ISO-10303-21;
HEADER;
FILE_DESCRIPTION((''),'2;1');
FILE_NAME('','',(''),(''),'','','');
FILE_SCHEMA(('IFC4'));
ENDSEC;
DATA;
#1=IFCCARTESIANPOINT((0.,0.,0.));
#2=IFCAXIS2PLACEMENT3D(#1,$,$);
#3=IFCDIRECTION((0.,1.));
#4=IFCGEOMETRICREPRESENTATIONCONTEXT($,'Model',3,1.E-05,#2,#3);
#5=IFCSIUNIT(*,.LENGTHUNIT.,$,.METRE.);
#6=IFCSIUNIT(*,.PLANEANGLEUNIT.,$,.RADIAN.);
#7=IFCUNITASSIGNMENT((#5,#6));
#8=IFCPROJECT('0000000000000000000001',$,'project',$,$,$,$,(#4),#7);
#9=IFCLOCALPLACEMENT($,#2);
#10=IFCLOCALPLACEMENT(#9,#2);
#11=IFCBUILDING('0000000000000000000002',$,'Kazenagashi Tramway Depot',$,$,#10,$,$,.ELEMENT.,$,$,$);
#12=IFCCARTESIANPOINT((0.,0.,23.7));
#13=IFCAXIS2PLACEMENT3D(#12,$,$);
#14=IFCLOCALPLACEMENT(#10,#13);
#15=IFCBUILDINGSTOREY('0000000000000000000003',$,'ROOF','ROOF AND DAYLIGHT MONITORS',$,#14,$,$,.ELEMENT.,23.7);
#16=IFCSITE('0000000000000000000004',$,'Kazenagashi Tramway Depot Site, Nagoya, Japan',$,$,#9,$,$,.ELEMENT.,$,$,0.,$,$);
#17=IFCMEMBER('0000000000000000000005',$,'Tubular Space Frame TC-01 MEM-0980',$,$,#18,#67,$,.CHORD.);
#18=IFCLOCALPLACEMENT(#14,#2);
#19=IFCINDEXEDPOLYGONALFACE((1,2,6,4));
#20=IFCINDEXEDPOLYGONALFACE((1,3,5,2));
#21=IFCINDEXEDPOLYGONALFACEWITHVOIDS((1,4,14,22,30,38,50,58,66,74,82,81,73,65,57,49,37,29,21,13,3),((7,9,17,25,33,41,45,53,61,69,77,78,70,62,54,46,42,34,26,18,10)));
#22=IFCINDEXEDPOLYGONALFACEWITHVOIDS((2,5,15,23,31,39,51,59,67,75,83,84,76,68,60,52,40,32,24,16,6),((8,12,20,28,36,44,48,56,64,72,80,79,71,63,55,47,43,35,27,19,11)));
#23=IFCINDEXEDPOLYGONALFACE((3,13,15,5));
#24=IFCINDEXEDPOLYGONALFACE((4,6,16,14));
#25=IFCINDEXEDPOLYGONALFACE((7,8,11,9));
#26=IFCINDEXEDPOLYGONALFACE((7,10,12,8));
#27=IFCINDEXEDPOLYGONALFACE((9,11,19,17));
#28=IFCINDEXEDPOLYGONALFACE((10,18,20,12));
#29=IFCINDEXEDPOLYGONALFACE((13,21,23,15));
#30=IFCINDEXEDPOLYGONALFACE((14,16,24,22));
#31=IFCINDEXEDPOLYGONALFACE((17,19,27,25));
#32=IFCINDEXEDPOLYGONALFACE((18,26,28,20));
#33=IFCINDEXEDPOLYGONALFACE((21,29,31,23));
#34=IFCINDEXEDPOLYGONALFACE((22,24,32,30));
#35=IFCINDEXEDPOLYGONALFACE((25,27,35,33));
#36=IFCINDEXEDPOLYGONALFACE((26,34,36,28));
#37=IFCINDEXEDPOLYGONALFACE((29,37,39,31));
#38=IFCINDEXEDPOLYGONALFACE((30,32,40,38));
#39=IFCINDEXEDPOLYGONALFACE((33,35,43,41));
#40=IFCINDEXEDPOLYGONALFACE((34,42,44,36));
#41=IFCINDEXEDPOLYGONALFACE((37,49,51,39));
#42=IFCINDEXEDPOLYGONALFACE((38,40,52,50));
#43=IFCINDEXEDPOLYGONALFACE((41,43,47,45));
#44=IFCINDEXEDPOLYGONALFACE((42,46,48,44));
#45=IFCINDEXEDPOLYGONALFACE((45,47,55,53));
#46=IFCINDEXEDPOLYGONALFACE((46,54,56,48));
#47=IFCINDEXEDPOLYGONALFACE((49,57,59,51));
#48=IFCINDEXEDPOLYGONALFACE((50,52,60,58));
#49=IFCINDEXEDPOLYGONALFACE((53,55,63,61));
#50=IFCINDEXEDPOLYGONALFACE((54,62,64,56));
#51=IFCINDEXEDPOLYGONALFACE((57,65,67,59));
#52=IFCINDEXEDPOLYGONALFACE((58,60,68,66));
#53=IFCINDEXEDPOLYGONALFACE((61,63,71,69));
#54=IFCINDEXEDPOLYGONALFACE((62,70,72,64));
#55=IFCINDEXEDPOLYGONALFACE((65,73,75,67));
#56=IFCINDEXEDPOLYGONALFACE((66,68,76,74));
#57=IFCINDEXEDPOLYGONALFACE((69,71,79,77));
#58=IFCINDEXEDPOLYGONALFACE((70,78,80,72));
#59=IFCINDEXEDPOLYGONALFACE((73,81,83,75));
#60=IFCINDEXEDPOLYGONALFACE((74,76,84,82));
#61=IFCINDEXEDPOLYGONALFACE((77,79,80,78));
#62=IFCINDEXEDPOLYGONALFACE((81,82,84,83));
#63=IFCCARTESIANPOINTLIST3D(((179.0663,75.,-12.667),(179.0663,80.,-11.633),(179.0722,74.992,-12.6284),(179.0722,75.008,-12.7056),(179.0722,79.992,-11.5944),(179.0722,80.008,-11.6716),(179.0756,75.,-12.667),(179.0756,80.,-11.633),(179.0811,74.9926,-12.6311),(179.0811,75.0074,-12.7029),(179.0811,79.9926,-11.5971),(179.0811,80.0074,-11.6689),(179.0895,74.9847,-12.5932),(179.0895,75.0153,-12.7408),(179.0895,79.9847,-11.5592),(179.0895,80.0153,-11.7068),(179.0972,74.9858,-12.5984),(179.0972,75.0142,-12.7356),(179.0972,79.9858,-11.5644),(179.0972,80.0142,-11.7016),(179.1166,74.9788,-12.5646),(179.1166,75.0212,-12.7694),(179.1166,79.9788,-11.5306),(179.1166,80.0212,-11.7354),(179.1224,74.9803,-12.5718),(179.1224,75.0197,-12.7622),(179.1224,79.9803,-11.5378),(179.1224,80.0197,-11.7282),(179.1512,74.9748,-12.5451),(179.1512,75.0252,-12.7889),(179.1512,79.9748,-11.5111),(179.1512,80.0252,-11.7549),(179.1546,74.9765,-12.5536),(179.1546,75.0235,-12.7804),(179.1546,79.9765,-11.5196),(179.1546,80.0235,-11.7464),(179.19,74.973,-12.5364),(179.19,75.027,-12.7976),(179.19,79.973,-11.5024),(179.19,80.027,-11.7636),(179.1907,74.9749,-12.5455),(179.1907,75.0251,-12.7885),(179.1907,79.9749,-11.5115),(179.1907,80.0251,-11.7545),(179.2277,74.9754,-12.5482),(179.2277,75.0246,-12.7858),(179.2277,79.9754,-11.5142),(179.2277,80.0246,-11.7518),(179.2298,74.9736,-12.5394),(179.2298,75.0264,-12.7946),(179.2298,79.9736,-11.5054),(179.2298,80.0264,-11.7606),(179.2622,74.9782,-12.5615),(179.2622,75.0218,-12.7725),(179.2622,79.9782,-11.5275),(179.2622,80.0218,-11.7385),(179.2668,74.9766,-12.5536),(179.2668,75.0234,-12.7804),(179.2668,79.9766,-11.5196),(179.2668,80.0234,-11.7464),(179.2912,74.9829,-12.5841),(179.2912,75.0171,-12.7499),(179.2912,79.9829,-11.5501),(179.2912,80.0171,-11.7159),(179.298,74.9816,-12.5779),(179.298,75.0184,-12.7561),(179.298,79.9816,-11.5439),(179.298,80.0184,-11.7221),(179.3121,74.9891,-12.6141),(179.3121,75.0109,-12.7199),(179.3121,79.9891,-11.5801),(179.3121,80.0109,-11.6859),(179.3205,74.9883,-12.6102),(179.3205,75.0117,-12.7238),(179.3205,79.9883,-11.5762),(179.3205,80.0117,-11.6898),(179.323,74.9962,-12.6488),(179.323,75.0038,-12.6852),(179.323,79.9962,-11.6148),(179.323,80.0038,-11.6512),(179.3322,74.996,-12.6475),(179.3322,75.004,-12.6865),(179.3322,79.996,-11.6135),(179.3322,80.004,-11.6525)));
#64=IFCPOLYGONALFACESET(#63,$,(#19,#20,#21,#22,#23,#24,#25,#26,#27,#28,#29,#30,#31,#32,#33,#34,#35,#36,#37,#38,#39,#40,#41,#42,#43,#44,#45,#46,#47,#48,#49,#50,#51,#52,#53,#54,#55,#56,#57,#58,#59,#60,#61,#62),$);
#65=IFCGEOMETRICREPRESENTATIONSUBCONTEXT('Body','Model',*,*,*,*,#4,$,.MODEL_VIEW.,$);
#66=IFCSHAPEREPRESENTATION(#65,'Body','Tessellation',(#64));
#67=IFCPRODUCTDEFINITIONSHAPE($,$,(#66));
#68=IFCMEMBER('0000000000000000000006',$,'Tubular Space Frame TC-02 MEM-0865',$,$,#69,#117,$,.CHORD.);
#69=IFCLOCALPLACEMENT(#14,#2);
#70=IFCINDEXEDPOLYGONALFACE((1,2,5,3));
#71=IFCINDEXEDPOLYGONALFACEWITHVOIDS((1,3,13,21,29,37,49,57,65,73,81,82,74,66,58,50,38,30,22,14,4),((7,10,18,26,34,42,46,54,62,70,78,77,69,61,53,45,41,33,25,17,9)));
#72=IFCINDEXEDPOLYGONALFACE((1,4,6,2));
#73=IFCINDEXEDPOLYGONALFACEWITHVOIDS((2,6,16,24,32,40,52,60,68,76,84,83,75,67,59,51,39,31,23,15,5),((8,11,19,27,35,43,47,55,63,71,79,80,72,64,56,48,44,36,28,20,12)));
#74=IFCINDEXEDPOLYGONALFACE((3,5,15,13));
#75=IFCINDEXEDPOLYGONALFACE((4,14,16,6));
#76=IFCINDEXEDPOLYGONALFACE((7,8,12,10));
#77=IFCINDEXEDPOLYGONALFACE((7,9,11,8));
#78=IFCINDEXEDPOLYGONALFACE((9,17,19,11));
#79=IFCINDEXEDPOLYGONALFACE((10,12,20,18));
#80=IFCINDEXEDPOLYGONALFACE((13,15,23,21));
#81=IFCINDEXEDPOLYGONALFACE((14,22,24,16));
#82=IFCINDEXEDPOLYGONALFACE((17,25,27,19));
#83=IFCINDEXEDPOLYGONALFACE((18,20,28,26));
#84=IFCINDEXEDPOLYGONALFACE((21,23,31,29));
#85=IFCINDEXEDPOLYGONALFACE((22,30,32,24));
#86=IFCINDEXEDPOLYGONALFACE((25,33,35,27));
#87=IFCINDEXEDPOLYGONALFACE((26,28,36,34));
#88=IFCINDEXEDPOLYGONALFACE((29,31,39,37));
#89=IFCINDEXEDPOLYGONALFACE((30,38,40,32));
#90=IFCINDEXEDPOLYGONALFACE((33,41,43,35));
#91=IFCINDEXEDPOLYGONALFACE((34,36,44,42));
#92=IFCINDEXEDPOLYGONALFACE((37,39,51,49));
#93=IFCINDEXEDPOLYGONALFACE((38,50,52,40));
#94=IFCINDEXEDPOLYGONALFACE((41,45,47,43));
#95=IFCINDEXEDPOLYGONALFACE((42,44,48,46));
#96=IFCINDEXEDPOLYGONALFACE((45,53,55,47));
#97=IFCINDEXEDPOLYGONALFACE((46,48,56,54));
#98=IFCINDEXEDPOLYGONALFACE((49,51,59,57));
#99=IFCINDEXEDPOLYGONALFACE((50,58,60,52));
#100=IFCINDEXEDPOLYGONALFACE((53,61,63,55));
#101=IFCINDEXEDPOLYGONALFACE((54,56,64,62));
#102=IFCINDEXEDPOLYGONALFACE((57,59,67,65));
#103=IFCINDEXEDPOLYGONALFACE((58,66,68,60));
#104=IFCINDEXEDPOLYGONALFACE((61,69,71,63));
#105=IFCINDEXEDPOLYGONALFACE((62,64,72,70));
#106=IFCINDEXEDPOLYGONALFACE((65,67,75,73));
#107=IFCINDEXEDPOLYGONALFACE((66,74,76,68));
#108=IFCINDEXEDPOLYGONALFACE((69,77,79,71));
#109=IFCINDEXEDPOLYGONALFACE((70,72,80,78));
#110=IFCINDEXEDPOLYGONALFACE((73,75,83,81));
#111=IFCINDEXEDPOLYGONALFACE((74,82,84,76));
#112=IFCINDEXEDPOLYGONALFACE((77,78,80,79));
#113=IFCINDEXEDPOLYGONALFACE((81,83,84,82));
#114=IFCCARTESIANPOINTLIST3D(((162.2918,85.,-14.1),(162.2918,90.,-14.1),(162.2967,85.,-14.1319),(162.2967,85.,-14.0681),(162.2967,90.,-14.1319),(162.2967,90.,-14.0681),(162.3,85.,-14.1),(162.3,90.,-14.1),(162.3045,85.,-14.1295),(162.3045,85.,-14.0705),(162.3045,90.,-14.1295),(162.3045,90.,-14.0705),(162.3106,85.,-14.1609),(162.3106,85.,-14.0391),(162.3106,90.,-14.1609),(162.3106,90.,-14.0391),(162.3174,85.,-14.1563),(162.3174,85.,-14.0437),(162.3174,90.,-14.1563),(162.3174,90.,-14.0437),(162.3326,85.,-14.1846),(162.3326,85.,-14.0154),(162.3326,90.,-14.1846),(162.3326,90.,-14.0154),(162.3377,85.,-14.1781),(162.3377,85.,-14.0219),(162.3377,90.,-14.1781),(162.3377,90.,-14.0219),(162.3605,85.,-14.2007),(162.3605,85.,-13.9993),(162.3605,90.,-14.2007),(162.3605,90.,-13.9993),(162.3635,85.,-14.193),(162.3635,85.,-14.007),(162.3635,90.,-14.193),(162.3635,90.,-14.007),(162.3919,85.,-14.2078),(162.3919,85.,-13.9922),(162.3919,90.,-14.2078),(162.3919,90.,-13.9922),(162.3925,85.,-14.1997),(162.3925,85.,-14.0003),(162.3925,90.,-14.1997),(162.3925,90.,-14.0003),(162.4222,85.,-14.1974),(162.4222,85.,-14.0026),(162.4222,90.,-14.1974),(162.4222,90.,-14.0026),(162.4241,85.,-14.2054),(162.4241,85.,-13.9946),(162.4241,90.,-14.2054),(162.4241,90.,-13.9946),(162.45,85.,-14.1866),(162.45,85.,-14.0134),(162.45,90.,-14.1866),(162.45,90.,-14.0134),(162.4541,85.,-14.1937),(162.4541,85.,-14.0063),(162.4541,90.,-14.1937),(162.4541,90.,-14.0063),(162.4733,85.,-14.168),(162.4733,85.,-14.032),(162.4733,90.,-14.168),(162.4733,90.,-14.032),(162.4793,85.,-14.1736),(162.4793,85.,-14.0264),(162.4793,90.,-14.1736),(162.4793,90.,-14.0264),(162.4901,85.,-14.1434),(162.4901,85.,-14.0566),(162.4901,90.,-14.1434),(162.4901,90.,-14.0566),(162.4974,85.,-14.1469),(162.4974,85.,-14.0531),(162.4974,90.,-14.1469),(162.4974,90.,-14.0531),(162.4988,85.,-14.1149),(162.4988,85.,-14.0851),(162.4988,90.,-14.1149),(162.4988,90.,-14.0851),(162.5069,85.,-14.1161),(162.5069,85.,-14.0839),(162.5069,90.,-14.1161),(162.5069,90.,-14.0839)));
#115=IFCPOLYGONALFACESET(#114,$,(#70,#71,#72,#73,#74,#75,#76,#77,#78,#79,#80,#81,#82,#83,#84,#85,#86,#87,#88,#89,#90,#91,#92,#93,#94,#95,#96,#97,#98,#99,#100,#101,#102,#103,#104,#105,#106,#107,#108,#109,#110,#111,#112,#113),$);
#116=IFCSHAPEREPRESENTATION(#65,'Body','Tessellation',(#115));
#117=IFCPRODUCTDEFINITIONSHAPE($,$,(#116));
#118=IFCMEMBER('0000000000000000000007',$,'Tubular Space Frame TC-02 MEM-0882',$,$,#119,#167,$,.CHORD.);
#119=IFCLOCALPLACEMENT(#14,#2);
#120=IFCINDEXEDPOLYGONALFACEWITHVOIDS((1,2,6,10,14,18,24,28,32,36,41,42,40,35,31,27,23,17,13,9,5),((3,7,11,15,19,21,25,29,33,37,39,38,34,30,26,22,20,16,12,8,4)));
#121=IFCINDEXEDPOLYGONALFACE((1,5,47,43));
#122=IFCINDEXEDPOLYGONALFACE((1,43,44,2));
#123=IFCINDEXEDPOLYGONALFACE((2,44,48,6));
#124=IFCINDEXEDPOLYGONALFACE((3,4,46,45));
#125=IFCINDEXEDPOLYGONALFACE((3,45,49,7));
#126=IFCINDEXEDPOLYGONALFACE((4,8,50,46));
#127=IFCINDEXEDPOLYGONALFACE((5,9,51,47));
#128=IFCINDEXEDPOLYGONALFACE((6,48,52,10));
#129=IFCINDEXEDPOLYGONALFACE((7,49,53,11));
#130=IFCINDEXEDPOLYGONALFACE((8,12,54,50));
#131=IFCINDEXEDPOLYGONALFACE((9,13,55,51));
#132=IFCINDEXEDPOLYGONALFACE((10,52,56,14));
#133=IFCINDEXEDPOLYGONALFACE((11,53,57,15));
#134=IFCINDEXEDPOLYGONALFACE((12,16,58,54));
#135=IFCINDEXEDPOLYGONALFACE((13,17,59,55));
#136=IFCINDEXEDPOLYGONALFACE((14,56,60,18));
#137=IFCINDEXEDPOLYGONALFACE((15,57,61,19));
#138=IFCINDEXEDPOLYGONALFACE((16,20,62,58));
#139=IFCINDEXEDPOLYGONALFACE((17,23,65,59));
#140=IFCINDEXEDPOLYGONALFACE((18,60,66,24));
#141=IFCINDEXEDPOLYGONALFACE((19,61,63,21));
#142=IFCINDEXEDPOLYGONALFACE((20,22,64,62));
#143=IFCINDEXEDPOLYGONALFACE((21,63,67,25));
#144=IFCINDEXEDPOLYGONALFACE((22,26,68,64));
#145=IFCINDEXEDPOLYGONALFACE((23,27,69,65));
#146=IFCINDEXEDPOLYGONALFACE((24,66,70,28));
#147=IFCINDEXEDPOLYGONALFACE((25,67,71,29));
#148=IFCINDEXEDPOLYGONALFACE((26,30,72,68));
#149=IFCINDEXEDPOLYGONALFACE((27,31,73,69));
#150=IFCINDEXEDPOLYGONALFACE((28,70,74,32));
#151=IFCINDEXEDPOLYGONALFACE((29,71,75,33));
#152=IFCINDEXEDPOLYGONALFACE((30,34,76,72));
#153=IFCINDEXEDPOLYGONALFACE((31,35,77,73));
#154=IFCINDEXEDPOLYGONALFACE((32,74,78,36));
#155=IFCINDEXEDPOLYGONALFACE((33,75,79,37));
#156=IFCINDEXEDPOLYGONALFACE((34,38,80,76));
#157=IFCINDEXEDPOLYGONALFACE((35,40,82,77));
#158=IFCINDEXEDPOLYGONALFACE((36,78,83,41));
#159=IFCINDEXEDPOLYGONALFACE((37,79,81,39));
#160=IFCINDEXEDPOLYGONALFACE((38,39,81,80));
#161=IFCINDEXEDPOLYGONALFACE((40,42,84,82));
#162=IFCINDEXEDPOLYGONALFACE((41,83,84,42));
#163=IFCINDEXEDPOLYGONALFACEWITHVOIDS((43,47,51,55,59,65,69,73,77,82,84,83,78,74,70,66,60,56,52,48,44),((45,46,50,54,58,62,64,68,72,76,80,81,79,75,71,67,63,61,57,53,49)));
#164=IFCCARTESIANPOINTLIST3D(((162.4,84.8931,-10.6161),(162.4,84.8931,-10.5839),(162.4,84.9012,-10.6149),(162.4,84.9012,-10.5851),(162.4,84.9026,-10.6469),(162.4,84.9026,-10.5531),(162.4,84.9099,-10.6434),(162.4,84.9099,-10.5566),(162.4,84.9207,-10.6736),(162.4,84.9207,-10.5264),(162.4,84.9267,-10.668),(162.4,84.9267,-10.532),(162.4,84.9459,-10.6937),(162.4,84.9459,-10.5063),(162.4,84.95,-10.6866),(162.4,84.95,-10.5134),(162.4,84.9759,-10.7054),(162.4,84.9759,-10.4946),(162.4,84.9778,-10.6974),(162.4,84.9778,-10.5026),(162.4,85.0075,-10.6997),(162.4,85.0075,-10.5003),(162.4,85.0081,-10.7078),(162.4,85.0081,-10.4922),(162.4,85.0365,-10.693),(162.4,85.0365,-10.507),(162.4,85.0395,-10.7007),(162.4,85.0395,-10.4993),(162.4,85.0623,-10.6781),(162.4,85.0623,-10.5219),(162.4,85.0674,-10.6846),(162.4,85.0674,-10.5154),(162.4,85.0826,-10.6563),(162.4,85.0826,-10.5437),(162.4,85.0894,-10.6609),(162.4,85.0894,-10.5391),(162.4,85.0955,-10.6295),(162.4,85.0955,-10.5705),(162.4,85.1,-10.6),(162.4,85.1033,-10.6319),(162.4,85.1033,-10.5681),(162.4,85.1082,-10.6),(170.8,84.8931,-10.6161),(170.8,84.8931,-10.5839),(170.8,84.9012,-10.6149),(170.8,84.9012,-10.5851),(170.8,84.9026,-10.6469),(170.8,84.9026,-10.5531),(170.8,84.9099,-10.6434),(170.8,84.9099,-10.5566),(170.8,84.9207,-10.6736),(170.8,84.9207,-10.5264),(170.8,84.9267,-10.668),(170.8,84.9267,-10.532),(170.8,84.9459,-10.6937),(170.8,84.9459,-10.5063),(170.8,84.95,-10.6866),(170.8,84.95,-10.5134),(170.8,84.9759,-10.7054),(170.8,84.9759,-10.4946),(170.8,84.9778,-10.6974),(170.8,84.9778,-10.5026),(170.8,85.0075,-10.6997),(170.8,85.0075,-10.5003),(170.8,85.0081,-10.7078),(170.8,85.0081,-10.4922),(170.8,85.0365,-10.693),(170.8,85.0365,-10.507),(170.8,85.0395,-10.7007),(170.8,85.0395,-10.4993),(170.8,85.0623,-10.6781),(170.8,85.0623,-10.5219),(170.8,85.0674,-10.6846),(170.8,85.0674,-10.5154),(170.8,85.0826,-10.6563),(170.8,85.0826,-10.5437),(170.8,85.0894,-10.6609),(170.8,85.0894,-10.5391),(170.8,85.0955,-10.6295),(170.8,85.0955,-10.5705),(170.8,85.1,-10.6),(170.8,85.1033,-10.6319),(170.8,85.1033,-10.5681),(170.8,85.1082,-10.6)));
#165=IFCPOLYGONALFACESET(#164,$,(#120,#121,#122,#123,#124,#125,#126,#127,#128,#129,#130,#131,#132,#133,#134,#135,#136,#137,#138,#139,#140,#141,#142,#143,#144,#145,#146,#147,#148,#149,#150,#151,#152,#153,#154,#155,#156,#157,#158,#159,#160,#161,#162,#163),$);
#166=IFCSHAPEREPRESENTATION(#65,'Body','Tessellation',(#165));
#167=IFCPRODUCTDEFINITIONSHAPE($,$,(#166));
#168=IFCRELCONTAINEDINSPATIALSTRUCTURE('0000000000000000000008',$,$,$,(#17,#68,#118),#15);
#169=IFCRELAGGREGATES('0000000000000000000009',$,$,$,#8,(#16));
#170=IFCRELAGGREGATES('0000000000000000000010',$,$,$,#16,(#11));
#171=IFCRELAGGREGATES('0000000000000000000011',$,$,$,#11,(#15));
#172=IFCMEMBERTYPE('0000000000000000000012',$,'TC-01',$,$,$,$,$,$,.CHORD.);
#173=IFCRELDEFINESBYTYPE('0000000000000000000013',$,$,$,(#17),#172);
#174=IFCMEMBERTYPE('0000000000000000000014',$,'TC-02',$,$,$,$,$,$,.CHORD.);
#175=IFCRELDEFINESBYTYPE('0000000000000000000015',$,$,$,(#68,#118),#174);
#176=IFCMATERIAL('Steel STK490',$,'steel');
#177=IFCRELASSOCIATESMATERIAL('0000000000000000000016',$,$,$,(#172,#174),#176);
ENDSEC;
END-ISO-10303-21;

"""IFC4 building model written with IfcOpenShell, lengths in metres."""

from ifc_helpers import new_model, si_unit, direction, frame, origin, origin_2d, place, context, subcontext, project, spatial, hollow_circle, extrude, material, material_profile, profile_set, type_object, element, save


model = new_model("IFC4")

# Units and contexts
model_context = context("Model", 3, precision=1e-05, world=origin(), true_north=direction((0.0, 1.0)))
body_context = subcontext(model_context, "Body", "Model", "MODEL_VIEW")
ifc_project = project(units=[si_unit("LENGTHUNIT", "METRE"), si_unit("PLANEANGLEUNIT", "RADIAN")], contexts=[model_context])

# Site, building, storey
site_placement = place(None, origin())
site = spatial("IfcSite", under=ifc_project, at=site_placement, Name="Kazenagashi Tramway Depot Site, Nagoya, Japan", CompositionType="ELEMENT", RefElevation=0.0)
building_placement = place(site_placement, origin())
building = spatial("IfcBuilding", under=site, at=building_placement, Name="Kazenagashi Tramway Depot", CompositionType="ELEMENT")
storey_placement = place(building_placement, frame((0.0, 0.0, 23.7)))
storey = spatial("IfcBuildingStorey", under=building, at=storey_placement, Name="ROOF", Description="ROOF AND DAYLIGHT MONITORS", CompositionType="ELEMENT", Elevation=23.7)

# Members
ifc_material_1 = material(Name="Steel STK490", Category="steel")
ifc_material_profile_1 = material_profile(ifc_material_1, hollow_circle(Radius=0.1337, WallThickness=0.0093, at=origin_2d()), Name="CHS-267.4x9.3")
ifc_profile_set_1 = profile_set([ifc_material_profile_1], Name="Steel STK490")
member_type_1 = type_object("IfcMemberType", Name="TC-01", PredefinedType="CHORD", material=ifc_profile_set_1)
member_1_placement = place(storey_placement, frame((179.2, 75.0, -12.667), z_axis=(0.0, 0.979279, 0.202515), x_axis=(-1.0, 0.0, 0.0)))
element("IfcMember", 1, at=member_1_placement, inside=storey, type_object=member_type_1, Name="Tubular Space Frame TC-01 MEM-0980", PredefinedType="CHORD", context=body_context, shape_type="SweptSolid", body=[
    extrude(hollow_circle(Radius=0.1337, WallThickness=0.0093, at=origin_2d()), origin(), (0.0, 0.0, 1.0), 5.1058),
])
ifc_material_profile_2 = material_profile(ifc_material_1, hollow_circle(Radius=0.1081, WallThickness=0.0082, at=origin_2d()), Name="CHS-216.3x8.2")
ifc_profile_set_2 = profile_set([ifc_material_profile_2], Name="Steel STK490")
member_type_2 = type_object("IfcMemberType", Name="TC-02", PredefinedType="CHORD", material=ifc_profile_set_2)
member_2_placement = place(storey_placement, frame((162.4, 85.0, -14.1), z_axis=(0.0, 1.0, 0.0), x_axis=(-1.0, 0.0, 0.0)))
element("IfcMember", 2, at=member_2_placement, inside=storey, type_object=member_type_2, Name="Tubular Space Frame TC-02 MEM-0865", PredefinedType="CHORD", context=body_context, shape_type="SweptSolid", body=[
    extrude(hollow_circle(Radius=0.1081, WallThickness=0.0082, at=origin_2d()), origin(), (0.0, 0.0, 1.0), 5.0),
])
member_3_placement = place(storey_placement, frame((162.4, 85.0, -10.6), z_axis=(1.0, 0.0, 0.0), x_axis=(0.0, 1.0, 0.0)))
element("IfcMember", 3, at=member_3_placement, inside=storey, type_object=member_type_2, Name="Tubular Space Frame TC-02 MEM-0882", PredefinedType="CHORD", context=body_context, shape_type="SweptSolid", body=[
    extrude(hollow_circle(Radius=0.1081, WallThickness=0.0082, at=origin_2d()), origin(), (0.0, 0.0, 1.0), 8.4),
])

save(model, "model.ifc")
